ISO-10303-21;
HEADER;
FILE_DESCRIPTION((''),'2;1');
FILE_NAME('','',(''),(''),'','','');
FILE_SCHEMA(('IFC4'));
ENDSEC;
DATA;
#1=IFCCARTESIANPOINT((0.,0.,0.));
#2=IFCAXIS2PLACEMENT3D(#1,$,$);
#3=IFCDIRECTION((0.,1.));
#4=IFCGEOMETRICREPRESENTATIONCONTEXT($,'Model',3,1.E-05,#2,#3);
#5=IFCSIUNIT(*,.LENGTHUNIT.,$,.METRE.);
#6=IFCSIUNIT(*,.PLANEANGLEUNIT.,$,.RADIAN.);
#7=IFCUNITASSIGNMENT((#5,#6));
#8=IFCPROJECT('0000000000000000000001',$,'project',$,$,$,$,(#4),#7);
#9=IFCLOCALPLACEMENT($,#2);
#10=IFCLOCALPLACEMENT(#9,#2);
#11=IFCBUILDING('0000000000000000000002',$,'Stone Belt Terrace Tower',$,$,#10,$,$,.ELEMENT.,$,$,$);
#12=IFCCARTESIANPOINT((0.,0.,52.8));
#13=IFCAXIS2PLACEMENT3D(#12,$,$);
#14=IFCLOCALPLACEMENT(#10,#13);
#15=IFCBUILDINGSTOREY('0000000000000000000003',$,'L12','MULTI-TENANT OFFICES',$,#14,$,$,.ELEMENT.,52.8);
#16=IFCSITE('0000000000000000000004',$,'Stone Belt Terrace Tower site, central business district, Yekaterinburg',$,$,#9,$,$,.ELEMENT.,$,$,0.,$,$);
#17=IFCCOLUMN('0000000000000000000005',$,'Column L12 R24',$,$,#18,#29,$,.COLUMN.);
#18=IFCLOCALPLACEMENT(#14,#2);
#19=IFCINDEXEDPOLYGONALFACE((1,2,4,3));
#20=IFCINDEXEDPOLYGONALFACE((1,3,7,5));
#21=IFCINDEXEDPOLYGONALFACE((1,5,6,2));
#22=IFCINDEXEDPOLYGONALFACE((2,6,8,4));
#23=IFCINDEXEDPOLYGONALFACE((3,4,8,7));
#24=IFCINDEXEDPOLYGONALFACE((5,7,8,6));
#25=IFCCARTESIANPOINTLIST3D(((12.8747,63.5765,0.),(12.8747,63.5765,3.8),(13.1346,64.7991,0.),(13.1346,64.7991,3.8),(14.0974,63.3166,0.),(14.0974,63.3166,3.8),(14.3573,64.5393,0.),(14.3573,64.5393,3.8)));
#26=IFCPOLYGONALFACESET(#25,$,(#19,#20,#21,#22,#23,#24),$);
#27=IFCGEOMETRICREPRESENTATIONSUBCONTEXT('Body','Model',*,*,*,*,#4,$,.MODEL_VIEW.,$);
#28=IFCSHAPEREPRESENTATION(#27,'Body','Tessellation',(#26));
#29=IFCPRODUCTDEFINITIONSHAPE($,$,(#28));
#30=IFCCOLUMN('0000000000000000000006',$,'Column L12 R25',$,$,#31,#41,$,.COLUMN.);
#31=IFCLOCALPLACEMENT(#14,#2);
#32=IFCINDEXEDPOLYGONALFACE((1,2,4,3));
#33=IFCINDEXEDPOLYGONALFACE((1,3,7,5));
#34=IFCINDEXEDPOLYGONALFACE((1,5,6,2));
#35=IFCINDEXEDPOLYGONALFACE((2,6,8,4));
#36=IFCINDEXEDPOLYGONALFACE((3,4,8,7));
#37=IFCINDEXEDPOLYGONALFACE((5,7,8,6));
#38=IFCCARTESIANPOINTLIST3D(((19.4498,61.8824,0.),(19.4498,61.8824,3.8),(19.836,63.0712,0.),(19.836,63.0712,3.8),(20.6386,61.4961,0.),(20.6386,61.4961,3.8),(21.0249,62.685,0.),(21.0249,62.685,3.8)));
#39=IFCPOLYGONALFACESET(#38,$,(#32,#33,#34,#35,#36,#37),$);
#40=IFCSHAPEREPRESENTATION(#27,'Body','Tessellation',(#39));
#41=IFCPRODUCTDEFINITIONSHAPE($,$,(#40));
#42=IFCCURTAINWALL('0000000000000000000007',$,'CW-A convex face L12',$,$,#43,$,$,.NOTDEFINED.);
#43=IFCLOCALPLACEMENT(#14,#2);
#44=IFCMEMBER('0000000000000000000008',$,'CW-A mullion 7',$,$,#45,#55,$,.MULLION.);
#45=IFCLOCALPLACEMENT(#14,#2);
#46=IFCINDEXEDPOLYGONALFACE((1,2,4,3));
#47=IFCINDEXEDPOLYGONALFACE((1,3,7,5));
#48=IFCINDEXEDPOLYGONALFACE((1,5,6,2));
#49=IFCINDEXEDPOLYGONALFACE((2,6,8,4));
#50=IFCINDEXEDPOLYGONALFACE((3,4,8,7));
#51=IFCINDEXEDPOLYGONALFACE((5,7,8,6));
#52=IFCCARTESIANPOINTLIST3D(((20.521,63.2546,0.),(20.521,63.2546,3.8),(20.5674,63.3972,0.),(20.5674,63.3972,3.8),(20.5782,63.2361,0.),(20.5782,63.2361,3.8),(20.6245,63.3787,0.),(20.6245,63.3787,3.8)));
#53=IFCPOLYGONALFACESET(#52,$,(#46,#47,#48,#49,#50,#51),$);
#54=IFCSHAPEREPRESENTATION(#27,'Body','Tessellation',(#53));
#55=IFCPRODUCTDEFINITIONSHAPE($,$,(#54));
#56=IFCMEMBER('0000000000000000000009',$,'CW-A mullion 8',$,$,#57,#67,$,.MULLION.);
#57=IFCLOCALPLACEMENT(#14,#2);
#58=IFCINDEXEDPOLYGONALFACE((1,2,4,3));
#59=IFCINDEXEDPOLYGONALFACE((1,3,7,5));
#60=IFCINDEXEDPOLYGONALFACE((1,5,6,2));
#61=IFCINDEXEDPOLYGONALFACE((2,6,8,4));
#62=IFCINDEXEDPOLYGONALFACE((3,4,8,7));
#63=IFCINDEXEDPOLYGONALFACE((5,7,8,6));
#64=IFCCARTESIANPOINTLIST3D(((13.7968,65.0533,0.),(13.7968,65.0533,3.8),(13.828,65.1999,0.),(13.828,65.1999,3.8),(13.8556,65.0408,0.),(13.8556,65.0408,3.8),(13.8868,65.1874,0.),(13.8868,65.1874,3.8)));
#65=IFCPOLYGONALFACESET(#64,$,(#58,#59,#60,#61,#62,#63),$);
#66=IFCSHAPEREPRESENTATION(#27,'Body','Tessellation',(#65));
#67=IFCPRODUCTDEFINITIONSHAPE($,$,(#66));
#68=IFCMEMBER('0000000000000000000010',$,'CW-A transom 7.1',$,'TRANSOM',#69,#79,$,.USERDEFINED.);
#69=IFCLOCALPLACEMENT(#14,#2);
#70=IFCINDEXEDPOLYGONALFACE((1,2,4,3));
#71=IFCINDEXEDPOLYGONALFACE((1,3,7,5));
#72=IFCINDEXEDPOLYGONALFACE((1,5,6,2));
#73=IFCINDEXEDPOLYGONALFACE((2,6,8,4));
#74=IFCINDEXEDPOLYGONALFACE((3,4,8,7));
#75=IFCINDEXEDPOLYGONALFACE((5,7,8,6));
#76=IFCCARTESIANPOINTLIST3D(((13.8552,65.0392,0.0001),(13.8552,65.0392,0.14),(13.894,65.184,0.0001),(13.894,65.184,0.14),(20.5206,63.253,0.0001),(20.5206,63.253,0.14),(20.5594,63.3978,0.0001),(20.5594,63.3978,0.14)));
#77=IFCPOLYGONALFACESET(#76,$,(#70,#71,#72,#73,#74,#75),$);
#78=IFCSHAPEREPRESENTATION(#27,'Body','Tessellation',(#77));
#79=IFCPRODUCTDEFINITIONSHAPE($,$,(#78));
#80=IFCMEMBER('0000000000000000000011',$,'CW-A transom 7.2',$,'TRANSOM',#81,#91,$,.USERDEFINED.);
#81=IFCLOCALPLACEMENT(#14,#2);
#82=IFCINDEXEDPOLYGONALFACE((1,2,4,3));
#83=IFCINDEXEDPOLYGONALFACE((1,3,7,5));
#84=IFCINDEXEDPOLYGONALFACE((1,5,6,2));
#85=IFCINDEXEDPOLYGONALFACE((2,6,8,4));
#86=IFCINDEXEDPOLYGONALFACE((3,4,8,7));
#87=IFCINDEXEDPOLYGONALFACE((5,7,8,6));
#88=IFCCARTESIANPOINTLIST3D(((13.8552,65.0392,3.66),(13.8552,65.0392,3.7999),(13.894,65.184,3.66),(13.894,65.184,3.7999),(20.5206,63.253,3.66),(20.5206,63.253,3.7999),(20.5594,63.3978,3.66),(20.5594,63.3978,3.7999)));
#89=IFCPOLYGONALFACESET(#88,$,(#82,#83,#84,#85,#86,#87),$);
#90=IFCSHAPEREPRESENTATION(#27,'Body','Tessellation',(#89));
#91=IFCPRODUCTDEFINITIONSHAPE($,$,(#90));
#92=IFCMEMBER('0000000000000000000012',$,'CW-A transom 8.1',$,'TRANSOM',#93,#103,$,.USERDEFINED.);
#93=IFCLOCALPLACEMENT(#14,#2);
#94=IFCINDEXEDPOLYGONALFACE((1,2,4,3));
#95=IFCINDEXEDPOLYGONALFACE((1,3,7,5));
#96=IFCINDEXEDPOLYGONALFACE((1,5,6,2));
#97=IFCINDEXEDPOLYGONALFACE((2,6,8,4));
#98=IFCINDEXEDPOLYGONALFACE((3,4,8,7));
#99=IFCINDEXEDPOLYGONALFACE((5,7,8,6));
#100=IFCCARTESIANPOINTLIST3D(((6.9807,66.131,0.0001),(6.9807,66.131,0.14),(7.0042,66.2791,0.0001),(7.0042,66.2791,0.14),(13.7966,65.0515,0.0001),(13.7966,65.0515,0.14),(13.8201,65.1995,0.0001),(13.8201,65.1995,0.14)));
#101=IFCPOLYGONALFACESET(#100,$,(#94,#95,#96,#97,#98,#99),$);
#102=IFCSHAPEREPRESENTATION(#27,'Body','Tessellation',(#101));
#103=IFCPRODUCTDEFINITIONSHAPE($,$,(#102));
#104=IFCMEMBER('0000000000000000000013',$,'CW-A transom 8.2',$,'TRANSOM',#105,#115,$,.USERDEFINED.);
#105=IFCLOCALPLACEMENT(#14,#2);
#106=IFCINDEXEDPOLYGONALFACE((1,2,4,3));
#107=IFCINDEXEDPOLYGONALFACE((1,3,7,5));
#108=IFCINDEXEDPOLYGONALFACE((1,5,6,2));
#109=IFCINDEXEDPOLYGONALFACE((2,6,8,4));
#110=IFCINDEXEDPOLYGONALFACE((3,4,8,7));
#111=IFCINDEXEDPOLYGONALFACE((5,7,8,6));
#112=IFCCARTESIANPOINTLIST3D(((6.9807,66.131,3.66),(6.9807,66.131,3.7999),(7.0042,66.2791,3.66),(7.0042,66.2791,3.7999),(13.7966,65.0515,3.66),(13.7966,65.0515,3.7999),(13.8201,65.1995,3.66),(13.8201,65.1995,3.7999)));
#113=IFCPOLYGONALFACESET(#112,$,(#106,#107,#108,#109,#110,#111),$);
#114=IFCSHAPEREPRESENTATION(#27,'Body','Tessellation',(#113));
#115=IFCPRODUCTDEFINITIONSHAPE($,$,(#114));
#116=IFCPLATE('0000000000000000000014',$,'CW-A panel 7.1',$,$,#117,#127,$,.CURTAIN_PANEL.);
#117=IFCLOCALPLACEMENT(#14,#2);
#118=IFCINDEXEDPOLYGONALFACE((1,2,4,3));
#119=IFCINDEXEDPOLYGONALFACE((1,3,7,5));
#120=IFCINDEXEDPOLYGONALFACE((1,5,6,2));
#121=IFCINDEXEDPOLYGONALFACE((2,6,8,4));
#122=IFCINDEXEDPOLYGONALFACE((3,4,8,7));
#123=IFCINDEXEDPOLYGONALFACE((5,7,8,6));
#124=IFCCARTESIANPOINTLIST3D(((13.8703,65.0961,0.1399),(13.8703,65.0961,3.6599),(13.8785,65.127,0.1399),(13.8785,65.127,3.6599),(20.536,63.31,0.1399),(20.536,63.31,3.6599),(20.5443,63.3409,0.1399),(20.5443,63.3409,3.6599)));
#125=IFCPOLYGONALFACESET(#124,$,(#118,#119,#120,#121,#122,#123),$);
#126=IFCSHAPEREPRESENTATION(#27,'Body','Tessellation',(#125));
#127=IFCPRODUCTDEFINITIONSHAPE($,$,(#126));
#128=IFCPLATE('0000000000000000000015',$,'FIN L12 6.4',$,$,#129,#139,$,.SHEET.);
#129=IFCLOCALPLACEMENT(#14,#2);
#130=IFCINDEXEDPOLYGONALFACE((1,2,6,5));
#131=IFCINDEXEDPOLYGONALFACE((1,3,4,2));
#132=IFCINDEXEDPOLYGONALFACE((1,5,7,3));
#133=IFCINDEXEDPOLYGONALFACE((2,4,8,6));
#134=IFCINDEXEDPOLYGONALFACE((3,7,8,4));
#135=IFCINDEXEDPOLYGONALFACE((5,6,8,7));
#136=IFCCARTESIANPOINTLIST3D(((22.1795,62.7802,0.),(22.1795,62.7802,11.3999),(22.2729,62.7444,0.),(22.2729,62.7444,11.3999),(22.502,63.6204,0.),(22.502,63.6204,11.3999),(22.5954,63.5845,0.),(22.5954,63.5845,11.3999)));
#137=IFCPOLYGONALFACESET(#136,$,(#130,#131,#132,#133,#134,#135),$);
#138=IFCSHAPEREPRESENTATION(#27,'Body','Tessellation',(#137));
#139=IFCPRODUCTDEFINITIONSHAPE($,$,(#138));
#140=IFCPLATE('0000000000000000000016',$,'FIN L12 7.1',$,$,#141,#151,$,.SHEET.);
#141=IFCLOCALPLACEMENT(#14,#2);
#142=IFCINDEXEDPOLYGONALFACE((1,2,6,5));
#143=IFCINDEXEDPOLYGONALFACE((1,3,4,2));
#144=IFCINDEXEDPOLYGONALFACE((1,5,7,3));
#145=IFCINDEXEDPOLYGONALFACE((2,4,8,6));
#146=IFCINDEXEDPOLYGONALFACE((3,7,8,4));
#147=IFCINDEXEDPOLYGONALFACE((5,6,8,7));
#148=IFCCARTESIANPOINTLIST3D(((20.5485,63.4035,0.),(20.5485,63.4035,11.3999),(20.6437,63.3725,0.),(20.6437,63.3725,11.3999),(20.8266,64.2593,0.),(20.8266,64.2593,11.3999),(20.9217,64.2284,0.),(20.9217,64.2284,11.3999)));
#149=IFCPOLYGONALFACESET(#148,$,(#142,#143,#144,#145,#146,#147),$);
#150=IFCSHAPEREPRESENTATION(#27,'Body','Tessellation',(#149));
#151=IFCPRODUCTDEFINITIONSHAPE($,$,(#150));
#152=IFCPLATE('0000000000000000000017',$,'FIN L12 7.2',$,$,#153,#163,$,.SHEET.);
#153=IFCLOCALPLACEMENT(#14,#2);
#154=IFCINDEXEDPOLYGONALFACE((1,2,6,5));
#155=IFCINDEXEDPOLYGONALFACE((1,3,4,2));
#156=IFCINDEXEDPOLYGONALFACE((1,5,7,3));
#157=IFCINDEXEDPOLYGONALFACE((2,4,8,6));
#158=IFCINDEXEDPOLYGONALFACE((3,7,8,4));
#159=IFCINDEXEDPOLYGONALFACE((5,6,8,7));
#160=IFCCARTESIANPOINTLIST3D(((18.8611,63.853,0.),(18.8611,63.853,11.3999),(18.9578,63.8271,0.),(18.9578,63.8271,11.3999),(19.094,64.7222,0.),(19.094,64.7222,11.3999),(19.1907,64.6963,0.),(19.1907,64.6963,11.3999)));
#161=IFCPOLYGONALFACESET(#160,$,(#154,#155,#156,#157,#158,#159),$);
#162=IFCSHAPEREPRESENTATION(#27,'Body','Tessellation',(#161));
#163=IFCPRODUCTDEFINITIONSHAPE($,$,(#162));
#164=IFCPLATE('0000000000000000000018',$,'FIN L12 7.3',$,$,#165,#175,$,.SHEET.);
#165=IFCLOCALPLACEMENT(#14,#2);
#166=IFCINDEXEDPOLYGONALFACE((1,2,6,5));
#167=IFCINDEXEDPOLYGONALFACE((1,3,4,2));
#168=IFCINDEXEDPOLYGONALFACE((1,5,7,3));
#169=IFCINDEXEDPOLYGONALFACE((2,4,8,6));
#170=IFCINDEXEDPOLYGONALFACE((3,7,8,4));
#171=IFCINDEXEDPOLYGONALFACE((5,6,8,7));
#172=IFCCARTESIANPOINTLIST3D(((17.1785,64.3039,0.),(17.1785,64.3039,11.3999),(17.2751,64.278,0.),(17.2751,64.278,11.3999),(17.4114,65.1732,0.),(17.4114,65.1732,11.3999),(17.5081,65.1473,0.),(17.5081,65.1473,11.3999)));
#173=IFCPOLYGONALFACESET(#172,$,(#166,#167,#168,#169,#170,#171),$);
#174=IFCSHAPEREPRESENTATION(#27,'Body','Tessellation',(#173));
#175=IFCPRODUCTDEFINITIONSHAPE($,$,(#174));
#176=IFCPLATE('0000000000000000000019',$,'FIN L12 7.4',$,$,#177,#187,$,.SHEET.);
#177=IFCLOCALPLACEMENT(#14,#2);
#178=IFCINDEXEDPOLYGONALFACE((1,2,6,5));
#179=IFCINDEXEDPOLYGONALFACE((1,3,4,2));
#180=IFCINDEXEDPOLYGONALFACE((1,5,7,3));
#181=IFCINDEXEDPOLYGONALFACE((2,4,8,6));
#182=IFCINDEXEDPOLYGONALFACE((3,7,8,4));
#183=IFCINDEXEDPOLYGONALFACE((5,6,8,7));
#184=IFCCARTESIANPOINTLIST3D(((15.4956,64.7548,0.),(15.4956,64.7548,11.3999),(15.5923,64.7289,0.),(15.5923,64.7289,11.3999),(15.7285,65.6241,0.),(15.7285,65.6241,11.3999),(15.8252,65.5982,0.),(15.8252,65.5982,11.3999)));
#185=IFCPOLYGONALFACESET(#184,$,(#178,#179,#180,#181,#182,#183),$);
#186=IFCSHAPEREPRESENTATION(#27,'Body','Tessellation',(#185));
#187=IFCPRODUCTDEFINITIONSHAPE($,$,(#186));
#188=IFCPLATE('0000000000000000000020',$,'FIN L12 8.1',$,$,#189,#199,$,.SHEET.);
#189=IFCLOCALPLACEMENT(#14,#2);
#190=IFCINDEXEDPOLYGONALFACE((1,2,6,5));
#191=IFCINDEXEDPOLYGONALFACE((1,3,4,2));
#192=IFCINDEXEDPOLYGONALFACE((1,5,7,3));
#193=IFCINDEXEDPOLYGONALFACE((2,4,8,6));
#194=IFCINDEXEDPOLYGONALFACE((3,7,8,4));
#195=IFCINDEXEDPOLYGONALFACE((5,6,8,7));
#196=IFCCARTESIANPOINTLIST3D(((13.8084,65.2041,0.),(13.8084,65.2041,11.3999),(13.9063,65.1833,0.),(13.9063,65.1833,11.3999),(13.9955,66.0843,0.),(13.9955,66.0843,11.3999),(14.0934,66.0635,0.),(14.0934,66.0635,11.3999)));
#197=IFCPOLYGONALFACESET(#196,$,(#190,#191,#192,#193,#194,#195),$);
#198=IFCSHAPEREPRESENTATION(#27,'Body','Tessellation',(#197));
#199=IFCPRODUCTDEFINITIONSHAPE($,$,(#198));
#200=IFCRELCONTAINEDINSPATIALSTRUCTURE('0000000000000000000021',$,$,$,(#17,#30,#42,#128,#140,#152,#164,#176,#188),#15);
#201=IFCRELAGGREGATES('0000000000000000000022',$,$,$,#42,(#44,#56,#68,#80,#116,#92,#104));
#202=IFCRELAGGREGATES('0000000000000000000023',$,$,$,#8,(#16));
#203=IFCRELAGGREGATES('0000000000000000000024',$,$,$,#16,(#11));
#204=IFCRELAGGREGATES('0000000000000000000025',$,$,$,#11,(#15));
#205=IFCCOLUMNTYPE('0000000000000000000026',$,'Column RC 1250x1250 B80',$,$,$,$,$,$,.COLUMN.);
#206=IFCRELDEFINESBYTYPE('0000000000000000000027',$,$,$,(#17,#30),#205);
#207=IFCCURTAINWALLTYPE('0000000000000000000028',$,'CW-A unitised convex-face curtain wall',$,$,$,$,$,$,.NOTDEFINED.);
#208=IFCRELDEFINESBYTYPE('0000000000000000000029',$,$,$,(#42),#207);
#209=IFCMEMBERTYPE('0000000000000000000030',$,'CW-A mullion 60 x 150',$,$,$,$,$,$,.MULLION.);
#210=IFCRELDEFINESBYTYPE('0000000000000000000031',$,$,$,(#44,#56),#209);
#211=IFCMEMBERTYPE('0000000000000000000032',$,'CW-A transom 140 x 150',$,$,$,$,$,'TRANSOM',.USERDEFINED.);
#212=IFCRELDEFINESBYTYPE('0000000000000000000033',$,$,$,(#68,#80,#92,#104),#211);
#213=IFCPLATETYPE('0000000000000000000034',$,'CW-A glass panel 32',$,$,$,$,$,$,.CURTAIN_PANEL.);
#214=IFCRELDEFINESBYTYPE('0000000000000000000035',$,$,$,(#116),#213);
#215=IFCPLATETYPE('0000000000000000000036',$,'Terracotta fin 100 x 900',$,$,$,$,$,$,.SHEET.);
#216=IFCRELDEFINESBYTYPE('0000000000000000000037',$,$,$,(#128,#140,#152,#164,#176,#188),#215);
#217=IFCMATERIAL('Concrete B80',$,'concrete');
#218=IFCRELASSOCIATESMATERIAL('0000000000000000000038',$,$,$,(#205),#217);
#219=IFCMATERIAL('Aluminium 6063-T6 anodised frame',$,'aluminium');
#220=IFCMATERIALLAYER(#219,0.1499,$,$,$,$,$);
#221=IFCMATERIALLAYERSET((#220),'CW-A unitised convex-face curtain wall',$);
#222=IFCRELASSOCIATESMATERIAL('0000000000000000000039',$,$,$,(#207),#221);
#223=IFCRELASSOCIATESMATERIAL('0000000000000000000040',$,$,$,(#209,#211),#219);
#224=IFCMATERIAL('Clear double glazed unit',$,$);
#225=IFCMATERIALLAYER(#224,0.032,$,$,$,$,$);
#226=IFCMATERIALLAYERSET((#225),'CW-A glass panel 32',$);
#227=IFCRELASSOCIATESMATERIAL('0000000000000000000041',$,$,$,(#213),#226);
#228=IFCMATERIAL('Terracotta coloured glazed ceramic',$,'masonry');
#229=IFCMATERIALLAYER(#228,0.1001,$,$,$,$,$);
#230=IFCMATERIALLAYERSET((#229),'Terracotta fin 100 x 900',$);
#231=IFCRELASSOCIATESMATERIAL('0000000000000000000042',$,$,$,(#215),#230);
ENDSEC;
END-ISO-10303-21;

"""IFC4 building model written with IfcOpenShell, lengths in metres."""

from ifc_helpers import new_model, si_unit, direction, frame, origin, origin_2d, place, context, subcontext, project, spatial, rectangle, extrude, material, layer, layer_set, material_profile, profile_set, type_object, element, aggregate, save


model = new_model("IFC4")

# Units and contexts
model_context = context("Model", 3, precision=1e-05, world=origin(), true_north=direction((0.0, 1.0)))
body_context = subcontext(model_context, "Body", "Model", "MODEL_VIEW")
ifc_project = project(units=[si_unit("LENGTHUNIT", "METRE"), si_unit("PLANEANGLEUNIT", "RADIAN")], contexts=[model_context])

# Site, building, storey
site_placement = place(None, origin())
site = spatial("IfcSite", under=ifc_project, at=site_placement, Name="Stone Belt Terrace Tower site, central business district, Yekaterinburg", CompositionType="ELEMENT", RefElevation=0.0)
building_placement = place(site_placement, origin())
building = spatial("IfcBuilding", under=site, at=building_placement, Name="Stone Belt Terrace Tower", CompositionType="ELEMENT")
storey_placement = place(building_placement, frame((0.0, 0.0, 52.8)))
storey = spatial("IfcBuildingStorey", under=building, at=storey_placement, Name="L12", Description="MULTI-TENANT OFFICES", CompositionType="ELEMENT", Elevation=52.8)

# Columns
ifc_material_1 = material(Name="Concrete B80", Category="concrete")
ifc_material_profile_1 = material_profile(ifc_material_1, rectangle(XDim=1.25, YDim=1.25, at=origin_2d()), Name="RC 1250x1250")
ifc_profile_set_1 = profile_set([ifc_material_profile_1], Name="Concrete B80")
column_type = type_object("IfcColumnType", Name="Column RC 1250x1250 B80", PredefinedType="COLUMN", material=ifc_profile_set_1)
for number, where, z_axis, x_axis, name in (
    (1, (13.616, 64.0579, 0.0), (0.0, 0.0, 1.0), (0.978148, -0.207912, 0.0), "Column L12 R24"),
    (2, (20.2373, 62.2837, 0.0), (0.0, 0.0, 1.0), (0.951057, -0.309017, 0.0), "Column L12 R25"),
):
    element("IfcColumn", number, at=place(storey_placement, frame(where, z_axis=z_axis, x_axis=x_axis)), inside=storey, type_object=column_type, Name=name, PredefinedType="COLUMN", context=body_context, shape_type="SweptSolid", body=[
        extrude(rectangle(XDim=1.25, YDim=1.25, at=origin_2d()), origin(), (0.0, 0.0, 1.0), 3.8),
    ])

# Curtain wall, members, plate
ifc_material_2 = material(Name="Aluminium 6063-T6 anodised frame", Category="aluminium")
ifc_layer_1 = layer(ifc_material_2, 0.1499)
ifc_layer_set_1 = layer_set([ifc_layer_1], Name="CW-A unitised convex-face curtain wall")
curtain_wall_type = type_object("IfcCurtainWallType", Name="CW-A unitised convex-face curtain wall", PredefinedType="NOTDEFINED", material=ifc_layer_set_1)
curtain_wall_placement = place(storey_placement, origin())
curtain_wall = element("IfcCurtainWall", 3, at=curtain_wall_placement, inside=storey, type_object=curtain_wall_type, Name="CW-A convex face L12", PredefinedType="NOTDEFINED")
ifc_material_profile_2 = material_profile(ifc_material_2, rectangle(XDim=0.1499, YDim=0.0601, at=origin_2d()), Name="Aluminium 6063-T6 60x150")
ifc_profile_set_2 = profile_set([ifc_material_profile_2], Name="Aluminium 6063-T6 anodised frame")
member_type_1 = type_object("IfcMemberType", Name="CW-A mullion 60 x 150", PredefinedType="MULLION", material=ifc_profile_set_2)
member_1_placement = place(storey_placement, frame((20.5728, 63.3167, 0.0), z_axis=(0.0, 0.0, 1.0), x_axis=(-0.309017, -0.951057, 0.0)))
member_1 = element("IfcMember", 4, at=member_1_placement, type_object=member_type_1, Name="CW-A mullion 7", PredefinedType="MULLION", context=body_context, shape_type="SweptSolid", body=[
    extrude(rectangle(XDim=0.1499, YDim=0.0601, at=origin_2d()), origin(), (0.0, 0.0, 1.0), 3.8),
])
member_2_placement = place(storey_placement, frame((13.8418, 65.1204, 0.0), z_axis=(0.0, 0.0, 1.0), x_axis=(-0.207912, -0.978148, 0.0)))
member_2 = element("IfcMember", 5, at=member_2_placement, type_object=member_type_1, Name="CW-A mullion 8", PredefinedType="MULLION", context=body_context, shape_type="SweptSolid", body=[
    extrude(rectangle(XDim=0.1499, YDim=0.0601, at=origin_2d()), origin(), (0.0, 0.0, 1.0), 3.8),
])
ifc_material_profile_3 = material_profile(ifc_material_2, rectangle(XDim=0.1499, YDim=0.1399, at=origin_2d()), Name="Aluminium 6063-T6 150x140")
ifc_profile_set_3 = profile_set([ifc_material_profile_3], Name="Aluminium 6063-T6 anodised frame")
member_type_2 = type_object("IfcMemberType", Name="CW-A transom 140 x 150", ElementType="TRANSOM", PredefinedType="USERDEFINED", material=ifc_profile_set_3)
member_3_placement = place(storey_placement, frame((20.54, 63.3254, 0.0701), z_axis=(-0.965922, 0.258834, 0.0), x_axis=(-0.258834, -0.965922, 0.0)))
member_3 = element("IfcMember", 6, at=member_3_placement, type_object=member_type_2, Name="CW-A transom 7.1", ObjectType="TRANSOM", PredefinedType="USERDEFINED", context=body_context, shape_type="SweptSolid", body=[
    extrude(rectangle(XDim=0.1499, YDim=0.1399, at=origin_2d()), origin(), (0.0, 0.0, 1.0), 6.9006),
])
member_4_placement = place(storey_placement, frame((20.54, 63.3254, 3.73), z_axis=(-0.965922, 0.258834, 0.0), x_axis=(-0.258834, -0.965922, 0.0)))
member_4 = element("IfcMember", 7, at=member_4_placement, type_object=member_type_2, Name="CW-A transom 7.2", ObjectType="TRANSOM", PredefinedType="USERDEFINED", context=body_context, shape_type="SweptSolid", body=[
    extrude(rectangle(XDim=0.1499, YDim=0.1399, at=origin_2d()), origin(), (0.0, 0.0, 1.0), 6.9006),
])
member_5_placement = place(storey_placement, frame((13.8083, 65.1255, 0.0701), z_axis=(-0.987687, 0.156442, 0.0), x_axis=(-0.156442, -0.987687, 0.0)))
member_5 = element("IfcMember", 8, at=member_5_placement, type_object=member_type_2, Name="CW-A transom 8.1", ObjectType="TRANSOM", PredefinedType="USERDEFINED", context=body_context, shape_type="SweptSolid", body=[
    extrude(rectangle(XDim=0.1499, YDim=0.1399, at=origin_2d()), origin(), (0.0, 0.0, 1.0), 6.9009),
])
member_6_placement = place(storey_placement, frame((13.8083, 65.1255, 3.73), z_axis=(-0.987687, 0.156442, 0.0), x_axis=(-0.156442, -0.987687, 0.0)))
member_6 = element("IfcMember", 9, at=member_6_placement, type_object=member_type_2, Name="CW-A transom 8.2", ObjectType="TRANSOM", PredefinedType="USERDEFINED", context=body_context, shape_type="SweptSolid", body=[
    extrude(rectangle(XDim=0.1499, YDim=0.1399, at=origin_2d()), origin(), (0.0, 0.0, 1.0), 6.9009),
])
ifc_material_3 = material(Name="Clear double glazed unit")
ifc_layer_2 = layer(ifc_material_3, 0.032)
ifc_layer_set_2 = layer_set([ifc_layer_2], Name="CW-A glass panel 32")
plate_type_1 = type_object("IfcPlateType", Name="CW-A glass panel 32", PredefinedType="CURTAIN_PANEL", material=ifc_layer_set_2)
plate_placement = place(storey_placement, frame((17.2073, 64.2185, 0.1399), z_axis=(0.0, 0.0, 1.0), x_axis=(-0.965926, 0.258819, 0.0)))
plate = element("IfcPlate", 10, at=plate_placement, type_object=plate_type_1, Name="CW-A panel 7.1", PredefinedType="CURTAIN_PANEL", context=body_context, shape_type="SweptSolid", body=[
    extrude(rectangle(XDim=6.9009, YDim=0.032, at=origin_2d()), origin(), (0.0, 0.0, 1.0), 3.52),
])
aggregate(curtain_wall, [member_1, member_2, member_3, member_4, plate, member_5, member_6])

# Plates
ifc_material_4 = material(Name="Terracotta coloured glazed ceramic", Category="masonry")
ifc_layer_3 = layer(ifc_material_4, 0.1001)
ifc_layer_set_3 = layer_set([ifc_layer_3], Name="Terracotta fin 100 x 900")
plate_type_2 = type_object("IfcPlateType", Name="Terracotta fin 100 x 900", PredefinedType="SHEET", material=ifc_layer_set_3)
for number, where, z_axis, x_axis, name in (
    (11, (22.3875, 63.1824, 0.0), (0.0, 0.0, 1.0), (0.358368, 0.93358, 0.0), "FIN L12 6.4"),
    (12, (20.7351, 63.8159, 0.0), (0.0, 0.0, 1.0), (0.309017, 0.951057, 0.0), "FIN L12 7.1"),
    (13, (19.0259, 64.2747, 0.0), (0.0, 0.0, 1.0), (0.258819, 0.965926, 0.0), "FIN L12 7.2"),
    (14, (17.3433, 64.7256, 0.0), (0.0, 0.0, 1.0), (0.258819, 0.965926, 0.0), "FIN L12 7.3"),
    (15, (15.6604, 65.1765, 0.0), (0.0, 0.0, 1.0), (0.258819, 0.965926, 0.0), "FIN L12 7.4"),
    (16, (13.9509, 65.6338, 0.0), (0.0, 0.0, 1.0), (0.207912, 0.978148, 0.0), "FIN L12 8.1"),
):
    element("IfcPlate", number, at=place(storey_placement, frame(where, z_axis=z_axis, x_axis=x_axis)), inside=storey, type_object=plate_type_2, Name=name, PredefinedType="SHEET", context=body_context, shape_type="SweptSolid", body=[
        extrude(rectangle(XDim=0.8999, YDim=0.1001, at=origin_2d()), origin(), (0.0, 0.0, 1.0), 11.3999),
    ])

save(model, "model.ifc")
